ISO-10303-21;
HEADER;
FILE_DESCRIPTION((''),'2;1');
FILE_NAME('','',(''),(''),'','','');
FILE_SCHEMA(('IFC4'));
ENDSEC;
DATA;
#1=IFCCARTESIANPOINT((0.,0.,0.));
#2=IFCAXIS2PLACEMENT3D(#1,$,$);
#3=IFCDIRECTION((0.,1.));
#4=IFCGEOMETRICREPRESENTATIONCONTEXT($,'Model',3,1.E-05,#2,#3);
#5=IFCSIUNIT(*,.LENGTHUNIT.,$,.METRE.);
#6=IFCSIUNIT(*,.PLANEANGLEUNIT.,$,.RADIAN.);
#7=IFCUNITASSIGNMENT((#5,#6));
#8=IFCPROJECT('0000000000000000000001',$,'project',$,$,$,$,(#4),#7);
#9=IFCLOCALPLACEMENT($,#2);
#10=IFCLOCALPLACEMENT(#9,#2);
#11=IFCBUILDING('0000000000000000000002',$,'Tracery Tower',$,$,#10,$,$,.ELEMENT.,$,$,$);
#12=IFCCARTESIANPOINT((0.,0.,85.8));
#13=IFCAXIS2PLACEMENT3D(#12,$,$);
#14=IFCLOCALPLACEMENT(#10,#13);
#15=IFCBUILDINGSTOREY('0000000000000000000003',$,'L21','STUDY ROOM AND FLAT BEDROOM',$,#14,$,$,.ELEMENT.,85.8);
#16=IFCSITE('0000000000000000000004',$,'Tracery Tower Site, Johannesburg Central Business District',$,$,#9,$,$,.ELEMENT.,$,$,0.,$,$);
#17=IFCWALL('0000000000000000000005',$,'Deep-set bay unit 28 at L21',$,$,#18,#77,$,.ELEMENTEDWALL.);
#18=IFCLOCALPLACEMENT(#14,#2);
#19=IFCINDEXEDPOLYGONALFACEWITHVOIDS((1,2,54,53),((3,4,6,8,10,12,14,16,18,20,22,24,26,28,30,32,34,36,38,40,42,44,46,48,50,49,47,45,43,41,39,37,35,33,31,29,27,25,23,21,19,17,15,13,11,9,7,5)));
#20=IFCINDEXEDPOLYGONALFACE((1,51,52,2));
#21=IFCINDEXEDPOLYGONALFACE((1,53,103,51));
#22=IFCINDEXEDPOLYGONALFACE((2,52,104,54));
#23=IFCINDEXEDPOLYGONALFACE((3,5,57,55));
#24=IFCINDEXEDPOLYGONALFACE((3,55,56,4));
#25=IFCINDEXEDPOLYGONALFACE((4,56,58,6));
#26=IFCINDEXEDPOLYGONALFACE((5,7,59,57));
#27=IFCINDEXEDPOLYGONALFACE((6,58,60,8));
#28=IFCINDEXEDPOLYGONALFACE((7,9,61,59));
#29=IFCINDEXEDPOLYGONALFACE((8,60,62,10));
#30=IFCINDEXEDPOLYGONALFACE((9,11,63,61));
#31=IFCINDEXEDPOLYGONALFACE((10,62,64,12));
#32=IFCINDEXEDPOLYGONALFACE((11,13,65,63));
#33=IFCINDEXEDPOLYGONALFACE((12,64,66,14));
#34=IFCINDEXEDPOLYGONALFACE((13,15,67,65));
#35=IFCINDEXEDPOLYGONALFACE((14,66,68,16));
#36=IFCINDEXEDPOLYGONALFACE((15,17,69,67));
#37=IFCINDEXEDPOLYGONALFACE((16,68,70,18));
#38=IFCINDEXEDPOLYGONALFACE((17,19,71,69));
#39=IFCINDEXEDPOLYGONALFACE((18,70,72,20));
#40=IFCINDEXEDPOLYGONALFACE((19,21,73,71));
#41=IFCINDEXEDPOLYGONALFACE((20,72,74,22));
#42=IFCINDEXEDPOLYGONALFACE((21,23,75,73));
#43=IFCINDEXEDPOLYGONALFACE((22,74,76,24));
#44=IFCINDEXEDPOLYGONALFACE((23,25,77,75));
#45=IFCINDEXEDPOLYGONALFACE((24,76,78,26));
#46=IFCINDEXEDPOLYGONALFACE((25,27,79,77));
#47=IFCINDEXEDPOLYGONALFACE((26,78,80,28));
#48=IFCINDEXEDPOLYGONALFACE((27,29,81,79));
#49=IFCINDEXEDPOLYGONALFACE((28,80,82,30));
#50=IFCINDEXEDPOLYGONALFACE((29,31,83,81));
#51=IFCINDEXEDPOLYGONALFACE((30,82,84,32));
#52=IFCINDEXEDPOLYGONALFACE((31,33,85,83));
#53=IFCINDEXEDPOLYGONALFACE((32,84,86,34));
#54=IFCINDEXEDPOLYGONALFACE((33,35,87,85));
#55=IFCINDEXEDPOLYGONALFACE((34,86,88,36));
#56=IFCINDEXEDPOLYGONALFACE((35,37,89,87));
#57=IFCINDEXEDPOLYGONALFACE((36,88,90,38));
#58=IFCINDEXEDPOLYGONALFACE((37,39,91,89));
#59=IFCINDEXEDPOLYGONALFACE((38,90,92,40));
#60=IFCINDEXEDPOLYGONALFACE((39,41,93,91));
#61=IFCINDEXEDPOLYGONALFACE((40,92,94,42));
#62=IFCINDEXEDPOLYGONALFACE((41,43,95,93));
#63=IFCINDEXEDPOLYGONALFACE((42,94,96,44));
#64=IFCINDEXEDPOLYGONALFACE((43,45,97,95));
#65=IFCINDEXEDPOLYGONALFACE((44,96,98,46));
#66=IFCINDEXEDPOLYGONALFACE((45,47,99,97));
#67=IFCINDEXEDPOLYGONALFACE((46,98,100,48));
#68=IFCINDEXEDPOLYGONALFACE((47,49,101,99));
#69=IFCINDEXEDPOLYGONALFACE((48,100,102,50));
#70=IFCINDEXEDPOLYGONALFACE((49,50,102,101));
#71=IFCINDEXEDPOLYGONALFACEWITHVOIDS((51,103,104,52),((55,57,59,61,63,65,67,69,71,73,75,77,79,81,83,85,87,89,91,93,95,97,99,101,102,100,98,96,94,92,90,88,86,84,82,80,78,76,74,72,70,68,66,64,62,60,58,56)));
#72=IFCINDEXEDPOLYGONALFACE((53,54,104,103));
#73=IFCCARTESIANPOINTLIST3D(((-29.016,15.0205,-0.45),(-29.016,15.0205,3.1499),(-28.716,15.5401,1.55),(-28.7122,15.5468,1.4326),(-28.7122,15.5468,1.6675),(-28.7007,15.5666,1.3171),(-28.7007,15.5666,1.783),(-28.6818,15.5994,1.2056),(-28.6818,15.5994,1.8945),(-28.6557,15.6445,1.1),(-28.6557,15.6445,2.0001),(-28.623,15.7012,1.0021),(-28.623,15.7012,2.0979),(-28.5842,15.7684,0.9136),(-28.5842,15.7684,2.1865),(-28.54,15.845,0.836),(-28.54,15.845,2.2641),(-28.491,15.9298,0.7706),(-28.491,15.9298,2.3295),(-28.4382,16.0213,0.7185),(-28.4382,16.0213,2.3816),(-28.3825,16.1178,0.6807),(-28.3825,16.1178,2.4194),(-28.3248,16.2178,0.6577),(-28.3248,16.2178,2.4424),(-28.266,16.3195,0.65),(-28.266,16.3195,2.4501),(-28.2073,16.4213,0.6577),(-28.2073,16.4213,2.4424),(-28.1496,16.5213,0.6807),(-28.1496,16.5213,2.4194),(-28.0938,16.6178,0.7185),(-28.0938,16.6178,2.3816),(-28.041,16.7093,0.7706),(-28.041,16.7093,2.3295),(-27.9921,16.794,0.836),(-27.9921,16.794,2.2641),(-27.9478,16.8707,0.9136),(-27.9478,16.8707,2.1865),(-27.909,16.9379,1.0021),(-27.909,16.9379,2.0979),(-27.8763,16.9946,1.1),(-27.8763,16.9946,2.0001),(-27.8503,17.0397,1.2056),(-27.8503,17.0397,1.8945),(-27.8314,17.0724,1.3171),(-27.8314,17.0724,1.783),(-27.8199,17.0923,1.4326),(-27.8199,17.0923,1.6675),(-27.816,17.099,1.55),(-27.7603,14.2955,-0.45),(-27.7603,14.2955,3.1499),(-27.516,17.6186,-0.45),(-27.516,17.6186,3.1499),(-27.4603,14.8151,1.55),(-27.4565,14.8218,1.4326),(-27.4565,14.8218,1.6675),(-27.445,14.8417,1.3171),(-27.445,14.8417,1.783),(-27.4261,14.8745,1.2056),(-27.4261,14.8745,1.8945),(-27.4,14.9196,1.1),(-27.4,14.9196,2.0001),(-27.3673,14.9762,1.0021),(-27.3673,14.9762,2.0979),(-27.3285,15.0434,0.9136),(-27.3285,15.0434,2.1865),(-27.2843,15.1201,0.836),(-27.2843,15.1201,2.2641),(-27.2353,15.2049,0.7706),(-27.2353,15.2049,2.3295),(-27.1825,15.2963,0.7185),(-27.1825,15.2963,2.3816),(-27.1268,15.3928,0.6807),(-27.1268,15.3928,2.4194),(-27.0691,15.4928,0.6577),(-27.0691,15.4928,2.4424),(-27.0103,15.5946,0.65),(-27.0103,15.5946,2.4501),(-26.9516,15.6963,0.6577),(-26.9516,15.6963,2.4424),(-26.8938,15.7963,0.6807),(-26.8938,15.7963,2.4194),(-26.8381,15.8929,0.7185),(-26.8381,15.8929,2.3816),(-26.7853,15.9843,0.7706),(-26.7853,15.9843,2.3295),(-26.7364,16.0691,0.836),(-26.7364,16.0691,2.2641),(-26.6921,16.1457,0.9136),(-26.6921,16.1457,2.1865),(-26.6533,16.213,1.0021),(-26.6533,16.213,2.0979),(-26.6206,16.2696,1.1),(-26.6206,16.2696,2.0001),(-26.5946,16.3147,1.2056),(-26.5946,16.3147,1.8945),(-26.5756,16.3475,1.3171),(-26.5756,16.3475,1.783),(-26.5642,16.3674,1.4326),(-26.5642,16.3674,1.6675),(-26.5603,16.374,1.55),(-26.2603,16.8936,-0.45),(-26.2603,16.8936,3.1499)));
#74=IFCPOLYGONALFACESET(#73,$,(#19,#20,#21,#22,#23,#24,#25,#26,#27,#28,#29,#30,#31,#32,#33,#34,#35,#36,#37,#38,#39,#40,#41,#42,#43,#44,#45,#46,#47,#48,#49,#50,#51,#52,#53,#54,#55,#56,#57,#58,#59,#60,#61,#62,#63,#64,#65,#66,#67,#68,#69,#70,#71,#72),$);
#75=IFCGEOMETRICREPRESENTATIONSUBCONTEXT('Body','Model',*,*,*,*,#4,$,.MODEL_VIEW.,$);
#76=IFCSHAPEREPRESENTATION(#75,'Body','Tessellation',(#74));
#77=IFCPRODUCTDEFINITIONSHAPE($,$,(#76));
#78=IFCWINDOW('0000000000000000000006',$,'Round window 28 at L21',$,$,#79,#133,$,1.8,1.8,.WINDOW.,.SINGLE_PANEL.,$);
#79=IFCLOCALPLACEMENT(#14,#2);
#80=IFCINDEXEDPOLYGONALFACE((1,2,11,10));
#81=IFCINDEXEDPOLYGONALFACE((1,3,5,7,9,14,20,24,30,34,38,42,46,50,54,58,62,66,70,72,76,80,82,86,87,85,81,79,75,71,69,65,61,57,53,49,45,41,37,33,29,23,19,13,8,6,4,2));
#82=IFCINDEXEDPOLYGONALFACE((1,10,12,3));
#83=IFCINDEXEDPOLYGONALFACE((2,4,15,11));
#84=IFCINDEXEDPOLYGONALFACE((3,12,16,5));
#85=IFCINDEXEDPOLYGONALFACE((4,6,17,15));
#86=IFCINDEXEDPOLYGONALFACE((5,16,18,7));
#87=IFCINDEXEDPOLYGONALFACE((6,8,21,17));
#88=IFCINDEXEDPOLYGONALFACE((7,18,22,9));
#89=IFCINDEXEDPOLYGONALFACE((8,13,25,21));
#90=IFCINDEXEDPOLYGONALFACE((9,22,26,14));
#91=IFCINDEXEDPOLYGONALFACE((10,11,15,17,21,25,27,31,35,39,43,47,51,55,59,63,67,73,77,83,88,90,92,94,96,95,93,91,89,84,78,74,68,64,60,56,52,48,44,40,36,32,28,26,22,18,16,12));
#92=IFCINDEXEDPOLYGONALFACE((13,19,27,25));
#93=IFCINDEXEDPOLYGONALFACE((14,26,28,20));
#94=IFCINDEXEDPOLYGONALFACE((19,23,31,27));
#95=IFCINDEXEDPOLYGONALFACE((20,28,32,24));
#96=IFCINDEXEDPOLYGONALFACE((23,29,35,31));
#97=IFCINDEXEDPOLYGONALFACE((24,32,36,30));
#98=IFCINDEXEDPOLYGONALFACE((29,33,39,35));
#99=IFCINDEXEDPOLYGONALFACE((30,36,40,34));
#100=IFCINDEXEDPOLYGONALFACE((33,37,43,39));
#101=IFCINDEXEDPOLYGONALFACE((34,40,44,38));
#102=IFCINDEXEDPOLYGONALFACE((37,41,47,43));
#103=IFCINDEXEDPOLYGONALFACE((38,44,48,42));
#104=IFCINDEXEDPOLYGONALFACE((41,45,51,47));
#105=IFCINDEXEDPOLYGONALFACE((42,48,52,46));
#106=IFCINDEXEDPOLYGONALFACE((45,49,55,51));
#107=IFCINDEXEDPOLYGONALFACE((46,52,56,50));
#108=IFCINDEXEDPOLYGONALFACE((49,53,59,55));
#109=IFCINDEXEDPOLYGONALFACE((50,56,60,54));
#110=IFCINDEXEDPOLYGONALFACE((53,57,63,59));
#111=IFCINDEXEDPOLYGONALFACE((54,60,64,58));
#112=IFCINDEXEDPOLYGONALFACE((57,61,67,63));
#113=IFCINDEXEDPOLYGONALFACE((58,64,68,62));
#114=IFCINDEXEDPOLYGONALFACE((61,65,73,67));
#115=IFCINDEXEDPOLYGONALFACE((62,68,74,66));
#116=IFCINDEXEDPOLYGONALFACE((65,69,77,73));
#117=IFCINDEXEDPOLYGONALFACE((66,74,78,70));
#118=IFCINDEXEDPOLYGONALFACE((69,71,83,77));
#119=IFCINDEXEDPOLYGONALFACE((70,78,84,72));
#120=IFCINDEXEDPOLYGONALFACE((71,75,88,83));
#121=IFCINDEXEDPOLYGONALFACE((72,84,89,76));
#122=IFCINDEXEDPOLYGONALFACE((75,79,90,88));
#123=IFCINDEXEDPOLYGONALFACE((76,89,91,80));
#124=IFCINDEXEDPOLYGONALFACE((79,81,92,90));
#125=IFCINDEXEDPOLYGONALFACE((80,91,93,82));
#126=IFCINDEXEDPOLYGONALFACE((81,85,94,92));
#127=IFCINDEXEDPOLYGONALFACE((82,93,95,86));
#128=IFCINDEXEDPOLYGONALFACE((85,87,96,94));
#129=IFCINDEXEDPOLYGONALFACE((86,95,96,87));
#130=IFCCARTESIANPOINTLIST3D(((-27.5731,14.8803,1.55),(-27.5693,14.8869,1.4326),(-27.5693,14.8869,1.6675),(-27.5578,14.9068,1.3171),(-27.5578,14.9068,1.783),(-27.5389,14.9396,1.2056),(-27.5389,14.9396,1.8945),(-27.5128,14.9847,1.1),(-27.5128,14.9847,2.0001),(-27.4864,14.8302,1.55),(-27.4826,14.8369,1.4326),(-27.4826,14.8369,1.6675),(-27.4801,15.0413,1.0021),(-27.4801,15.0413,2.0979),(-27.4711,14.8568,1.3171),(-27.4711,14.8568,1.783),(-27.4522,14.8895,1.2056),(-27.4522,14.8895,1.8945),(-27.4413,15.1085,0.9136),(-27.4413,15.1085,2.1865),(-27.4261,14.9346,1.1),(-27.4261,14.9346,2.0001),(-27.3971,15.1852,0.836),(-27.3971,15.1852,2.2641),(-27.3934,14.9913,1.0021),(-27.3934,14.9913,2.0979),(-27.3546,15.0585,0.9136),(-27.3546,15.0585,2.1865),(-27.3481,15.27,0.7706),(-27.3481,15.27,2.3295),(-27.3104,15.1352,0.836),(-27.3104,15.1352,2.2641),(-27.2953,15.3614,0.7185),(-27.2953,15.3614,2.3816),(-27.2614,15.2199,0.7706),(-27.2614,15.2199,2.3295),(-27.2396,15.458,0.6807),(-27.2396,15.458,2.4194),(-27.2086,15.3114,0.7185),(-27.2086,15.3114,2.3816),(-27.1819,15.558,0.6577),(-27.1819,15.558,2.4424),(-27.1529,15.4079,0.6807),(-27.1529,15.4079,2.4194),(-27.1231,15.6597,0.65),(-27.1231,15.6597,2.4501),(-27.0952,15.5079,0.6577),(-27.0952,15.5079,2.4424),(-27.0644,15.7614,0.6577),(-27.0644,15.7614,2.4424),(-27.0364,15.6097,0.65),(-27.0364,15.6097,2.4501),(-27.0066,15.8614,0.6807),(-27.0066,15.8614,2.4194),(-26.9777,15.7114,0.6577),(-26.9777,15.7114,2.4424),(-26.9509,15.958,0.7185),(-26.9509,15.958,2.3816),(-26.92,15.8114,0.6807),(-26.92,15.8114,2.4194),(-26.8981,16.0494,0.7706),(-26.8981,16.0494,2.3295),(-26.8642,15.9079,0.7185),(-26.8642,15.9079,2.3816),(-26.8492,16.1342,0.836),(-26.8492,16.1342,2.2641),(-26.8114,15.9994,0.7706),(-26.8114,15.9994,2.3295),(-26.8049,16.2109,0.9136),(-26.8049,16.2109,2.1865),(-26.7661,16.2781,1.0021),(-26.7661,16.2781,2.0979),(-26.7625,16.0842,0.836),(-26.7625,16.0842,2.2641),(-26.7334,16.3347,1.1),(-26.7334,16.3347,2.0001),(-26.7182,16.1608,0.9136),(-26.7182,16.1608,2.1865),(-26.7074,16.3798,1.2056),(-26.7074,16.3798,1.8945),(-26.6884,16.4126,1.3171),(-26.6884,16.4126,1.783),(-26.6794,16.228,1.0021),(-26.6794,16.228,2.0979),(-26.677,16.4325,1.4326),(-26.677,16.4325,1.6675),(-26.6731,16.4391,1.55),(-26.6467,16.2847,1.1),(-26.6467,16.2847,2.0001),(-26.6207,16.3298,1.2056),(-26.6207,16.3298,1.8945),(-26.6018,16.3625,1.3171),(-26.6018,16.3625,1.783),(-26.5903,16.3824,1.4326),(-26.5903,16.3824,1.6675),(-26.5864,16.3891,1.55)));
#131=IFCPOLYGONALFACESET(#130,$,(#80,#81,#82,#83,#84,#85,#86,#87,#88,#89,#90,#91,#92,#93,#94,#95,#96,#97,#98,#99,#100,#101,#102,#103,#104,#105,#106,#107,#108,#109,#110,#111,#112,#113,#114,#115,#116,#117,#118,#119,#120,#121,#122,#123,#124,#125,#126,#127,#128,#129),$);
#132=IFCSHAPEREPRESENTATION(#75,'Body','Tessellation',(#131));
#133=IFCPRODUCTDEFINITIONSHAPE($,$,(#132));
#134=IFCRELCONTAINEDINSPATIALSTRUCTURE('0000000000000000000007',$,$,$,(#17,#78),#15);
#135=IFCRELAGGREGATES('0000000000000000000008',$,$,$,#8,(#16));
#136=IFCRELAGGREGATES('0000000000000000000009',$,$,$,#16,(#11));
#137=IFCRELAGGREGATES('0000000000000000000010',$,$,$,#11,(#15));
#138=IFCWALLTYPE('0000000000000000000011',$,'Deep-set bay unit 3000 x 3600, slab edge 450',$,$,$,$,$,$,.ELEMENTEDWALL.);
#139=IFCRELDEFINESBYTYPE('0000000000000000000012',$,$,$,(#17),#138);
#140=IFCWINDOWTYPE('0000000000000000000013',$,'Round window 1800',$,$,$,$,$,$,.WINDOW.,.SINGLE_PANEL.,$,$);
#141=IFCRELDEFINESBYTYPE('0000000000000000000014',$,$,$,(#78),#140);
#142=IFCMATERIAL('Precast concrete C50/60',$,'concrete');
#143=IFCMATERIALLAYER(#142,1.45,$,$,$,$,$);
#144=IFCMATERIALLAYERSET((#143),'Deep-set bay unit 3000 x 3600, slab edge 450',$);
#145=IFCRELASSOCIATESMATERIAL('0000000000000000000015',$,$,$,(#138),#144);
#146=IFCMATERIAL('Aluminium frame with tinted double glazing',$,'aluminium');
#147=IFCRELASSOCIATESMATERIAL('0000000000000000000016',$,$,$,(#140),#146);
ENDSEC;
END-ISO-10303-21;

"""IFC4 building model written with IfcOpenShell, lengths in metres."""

from ifc_helpers import new_model, si_unit, direction, frame, frame_2d, origin, origin_2d, place, context, subcontext, project, spatial, rectangle, circle, extrude, material, layer, layer_set, type_object, element, fill, save


model = new_model("IFC4")

# Units and contexts
model_context = context("Model", 3, precision=1e-05, world=origin(), true_north=direction((0.0, 1.0)))
body_context = subcontext(model_context, "Body", "Model", "MODEL_VIEW")
ifc_project = project(units=[si_unit("LENGTHUNIT", "METRE"), si_unit("PLANEANGLEUNIT", "RADIAN")], contexts=[model_context])

# Site, building, storey
site_placement = place(None, origin())
site = spatial("IfcSite", under=ifc_project, at=site_placement, Name="Tracery Tower Site, Johannesburg Central Business District", CompositionType="ELEMENT", RefElevation=0.0)
building_placement = place(site_placement, origin())
building = spatial("IfcBuilding", under=site, at=building_placement, Name="Tracery Tower", CompositionType="ELEMENT")
storey_placement = place(building_placement, frame((0.0, 0.0, 85.8)))
storey = spatial("IfcBuildingStorey", under=building, at=storey_placement, Name="L21", Description="STUDY ROOM AND FLAT BEDROOM", CompositionType="ELEMENT", Elevation=85.8)

# Wall, opening, window
ifc_material_1 = material(Name="Precast concrete C50/60", Category="concrete")
ifc_layer_1 = layer(ifc_material_1, 1.45)
ifc_layer_set_1 = layer_set([ifc_layer_1], Name="Deep-set bay unit 3000 x 3600, slab edge 450")
wall_type_1 = type_object("IfcWallType", Name="Deep-set bay unit 3000 x 3600, slab edge 450", PredefinedType="ELEMENTEDWALL", material=ifc_layer_set_1)
wall_1_placement = place(storey_placement, frame((-26.8882, 17.2561, -0.45), z_axis=(0.0, 0.0, 1.0), x_axis=(-0.49999, -0.866031, 0.0)))
wall_1 = element("IfcWall", 1, at=wall_1_placement, inside=storey, type_object=wall_type_1, Name="Deep-set bay unit 28 at L21", PredefinedType="ELEMENTEDWALL", context=body_context, shape_type="SweptSolid", body=[
    extrude(rectangle(XDim=3.0, YDim=1.45, at=frame_2d((1.5, 0.0))), origin(), (0.0, 0.0, 1.0), 3.5999),
])
opening_1_placement = place(wall_1_placement, frame((1.5, 0.0, 2.0)))
opening_1 = element("IfcOpeningElement", 2, at=opening_1_placement, cuts=wall_1, PredefinedType="OPENING", context=body_context, shape_type="SweptSolid", body=[
    extrude(circle(Radius=0.9, at=origin_2d()), frame((0.0, 0.7349, 0.0), z_axis=(0.0, -1.0, 0.0), x_axis=(1.0, 0.0, 0.0)), (0.0, 0.0, 1.0), 1.47),
])
ifc_material_2 = material(Name="Aluminium frame with tinted double glazing", Category="aluminium")
window_type = type_object("IfcWindowType", Name="Round window 1800", PartitioningType="SINGLE_PANEL", PredefinedType="WINDOW", material=ifc_material_2)
window_1_placement = place(opening_1_placement, origin())
window_1 = element("IfcWindow", 3, at=window_1_placement, inside=storey, type_object=window_type, Name="Round window 28 at L21", OverallHeight=1.8, OverallWidth=1.8, PartitioningType="SINGLE_PANEL", PredefinedType="WINDOW", context=body_context, shape_type="SweptSolid", body=[
    extrude(circle(Radius=0.9, at=origin_2d()), frame((0.0, 0.6948, 0.0), z_axis=(0.0, -1.0, 0.0), x_axis=(1.0, 0.0, 0.0)), (0.0, 0.0, 1.0), 0.1001),
])
fill(opening_1, window_1)

save(model, "model.ifc")
